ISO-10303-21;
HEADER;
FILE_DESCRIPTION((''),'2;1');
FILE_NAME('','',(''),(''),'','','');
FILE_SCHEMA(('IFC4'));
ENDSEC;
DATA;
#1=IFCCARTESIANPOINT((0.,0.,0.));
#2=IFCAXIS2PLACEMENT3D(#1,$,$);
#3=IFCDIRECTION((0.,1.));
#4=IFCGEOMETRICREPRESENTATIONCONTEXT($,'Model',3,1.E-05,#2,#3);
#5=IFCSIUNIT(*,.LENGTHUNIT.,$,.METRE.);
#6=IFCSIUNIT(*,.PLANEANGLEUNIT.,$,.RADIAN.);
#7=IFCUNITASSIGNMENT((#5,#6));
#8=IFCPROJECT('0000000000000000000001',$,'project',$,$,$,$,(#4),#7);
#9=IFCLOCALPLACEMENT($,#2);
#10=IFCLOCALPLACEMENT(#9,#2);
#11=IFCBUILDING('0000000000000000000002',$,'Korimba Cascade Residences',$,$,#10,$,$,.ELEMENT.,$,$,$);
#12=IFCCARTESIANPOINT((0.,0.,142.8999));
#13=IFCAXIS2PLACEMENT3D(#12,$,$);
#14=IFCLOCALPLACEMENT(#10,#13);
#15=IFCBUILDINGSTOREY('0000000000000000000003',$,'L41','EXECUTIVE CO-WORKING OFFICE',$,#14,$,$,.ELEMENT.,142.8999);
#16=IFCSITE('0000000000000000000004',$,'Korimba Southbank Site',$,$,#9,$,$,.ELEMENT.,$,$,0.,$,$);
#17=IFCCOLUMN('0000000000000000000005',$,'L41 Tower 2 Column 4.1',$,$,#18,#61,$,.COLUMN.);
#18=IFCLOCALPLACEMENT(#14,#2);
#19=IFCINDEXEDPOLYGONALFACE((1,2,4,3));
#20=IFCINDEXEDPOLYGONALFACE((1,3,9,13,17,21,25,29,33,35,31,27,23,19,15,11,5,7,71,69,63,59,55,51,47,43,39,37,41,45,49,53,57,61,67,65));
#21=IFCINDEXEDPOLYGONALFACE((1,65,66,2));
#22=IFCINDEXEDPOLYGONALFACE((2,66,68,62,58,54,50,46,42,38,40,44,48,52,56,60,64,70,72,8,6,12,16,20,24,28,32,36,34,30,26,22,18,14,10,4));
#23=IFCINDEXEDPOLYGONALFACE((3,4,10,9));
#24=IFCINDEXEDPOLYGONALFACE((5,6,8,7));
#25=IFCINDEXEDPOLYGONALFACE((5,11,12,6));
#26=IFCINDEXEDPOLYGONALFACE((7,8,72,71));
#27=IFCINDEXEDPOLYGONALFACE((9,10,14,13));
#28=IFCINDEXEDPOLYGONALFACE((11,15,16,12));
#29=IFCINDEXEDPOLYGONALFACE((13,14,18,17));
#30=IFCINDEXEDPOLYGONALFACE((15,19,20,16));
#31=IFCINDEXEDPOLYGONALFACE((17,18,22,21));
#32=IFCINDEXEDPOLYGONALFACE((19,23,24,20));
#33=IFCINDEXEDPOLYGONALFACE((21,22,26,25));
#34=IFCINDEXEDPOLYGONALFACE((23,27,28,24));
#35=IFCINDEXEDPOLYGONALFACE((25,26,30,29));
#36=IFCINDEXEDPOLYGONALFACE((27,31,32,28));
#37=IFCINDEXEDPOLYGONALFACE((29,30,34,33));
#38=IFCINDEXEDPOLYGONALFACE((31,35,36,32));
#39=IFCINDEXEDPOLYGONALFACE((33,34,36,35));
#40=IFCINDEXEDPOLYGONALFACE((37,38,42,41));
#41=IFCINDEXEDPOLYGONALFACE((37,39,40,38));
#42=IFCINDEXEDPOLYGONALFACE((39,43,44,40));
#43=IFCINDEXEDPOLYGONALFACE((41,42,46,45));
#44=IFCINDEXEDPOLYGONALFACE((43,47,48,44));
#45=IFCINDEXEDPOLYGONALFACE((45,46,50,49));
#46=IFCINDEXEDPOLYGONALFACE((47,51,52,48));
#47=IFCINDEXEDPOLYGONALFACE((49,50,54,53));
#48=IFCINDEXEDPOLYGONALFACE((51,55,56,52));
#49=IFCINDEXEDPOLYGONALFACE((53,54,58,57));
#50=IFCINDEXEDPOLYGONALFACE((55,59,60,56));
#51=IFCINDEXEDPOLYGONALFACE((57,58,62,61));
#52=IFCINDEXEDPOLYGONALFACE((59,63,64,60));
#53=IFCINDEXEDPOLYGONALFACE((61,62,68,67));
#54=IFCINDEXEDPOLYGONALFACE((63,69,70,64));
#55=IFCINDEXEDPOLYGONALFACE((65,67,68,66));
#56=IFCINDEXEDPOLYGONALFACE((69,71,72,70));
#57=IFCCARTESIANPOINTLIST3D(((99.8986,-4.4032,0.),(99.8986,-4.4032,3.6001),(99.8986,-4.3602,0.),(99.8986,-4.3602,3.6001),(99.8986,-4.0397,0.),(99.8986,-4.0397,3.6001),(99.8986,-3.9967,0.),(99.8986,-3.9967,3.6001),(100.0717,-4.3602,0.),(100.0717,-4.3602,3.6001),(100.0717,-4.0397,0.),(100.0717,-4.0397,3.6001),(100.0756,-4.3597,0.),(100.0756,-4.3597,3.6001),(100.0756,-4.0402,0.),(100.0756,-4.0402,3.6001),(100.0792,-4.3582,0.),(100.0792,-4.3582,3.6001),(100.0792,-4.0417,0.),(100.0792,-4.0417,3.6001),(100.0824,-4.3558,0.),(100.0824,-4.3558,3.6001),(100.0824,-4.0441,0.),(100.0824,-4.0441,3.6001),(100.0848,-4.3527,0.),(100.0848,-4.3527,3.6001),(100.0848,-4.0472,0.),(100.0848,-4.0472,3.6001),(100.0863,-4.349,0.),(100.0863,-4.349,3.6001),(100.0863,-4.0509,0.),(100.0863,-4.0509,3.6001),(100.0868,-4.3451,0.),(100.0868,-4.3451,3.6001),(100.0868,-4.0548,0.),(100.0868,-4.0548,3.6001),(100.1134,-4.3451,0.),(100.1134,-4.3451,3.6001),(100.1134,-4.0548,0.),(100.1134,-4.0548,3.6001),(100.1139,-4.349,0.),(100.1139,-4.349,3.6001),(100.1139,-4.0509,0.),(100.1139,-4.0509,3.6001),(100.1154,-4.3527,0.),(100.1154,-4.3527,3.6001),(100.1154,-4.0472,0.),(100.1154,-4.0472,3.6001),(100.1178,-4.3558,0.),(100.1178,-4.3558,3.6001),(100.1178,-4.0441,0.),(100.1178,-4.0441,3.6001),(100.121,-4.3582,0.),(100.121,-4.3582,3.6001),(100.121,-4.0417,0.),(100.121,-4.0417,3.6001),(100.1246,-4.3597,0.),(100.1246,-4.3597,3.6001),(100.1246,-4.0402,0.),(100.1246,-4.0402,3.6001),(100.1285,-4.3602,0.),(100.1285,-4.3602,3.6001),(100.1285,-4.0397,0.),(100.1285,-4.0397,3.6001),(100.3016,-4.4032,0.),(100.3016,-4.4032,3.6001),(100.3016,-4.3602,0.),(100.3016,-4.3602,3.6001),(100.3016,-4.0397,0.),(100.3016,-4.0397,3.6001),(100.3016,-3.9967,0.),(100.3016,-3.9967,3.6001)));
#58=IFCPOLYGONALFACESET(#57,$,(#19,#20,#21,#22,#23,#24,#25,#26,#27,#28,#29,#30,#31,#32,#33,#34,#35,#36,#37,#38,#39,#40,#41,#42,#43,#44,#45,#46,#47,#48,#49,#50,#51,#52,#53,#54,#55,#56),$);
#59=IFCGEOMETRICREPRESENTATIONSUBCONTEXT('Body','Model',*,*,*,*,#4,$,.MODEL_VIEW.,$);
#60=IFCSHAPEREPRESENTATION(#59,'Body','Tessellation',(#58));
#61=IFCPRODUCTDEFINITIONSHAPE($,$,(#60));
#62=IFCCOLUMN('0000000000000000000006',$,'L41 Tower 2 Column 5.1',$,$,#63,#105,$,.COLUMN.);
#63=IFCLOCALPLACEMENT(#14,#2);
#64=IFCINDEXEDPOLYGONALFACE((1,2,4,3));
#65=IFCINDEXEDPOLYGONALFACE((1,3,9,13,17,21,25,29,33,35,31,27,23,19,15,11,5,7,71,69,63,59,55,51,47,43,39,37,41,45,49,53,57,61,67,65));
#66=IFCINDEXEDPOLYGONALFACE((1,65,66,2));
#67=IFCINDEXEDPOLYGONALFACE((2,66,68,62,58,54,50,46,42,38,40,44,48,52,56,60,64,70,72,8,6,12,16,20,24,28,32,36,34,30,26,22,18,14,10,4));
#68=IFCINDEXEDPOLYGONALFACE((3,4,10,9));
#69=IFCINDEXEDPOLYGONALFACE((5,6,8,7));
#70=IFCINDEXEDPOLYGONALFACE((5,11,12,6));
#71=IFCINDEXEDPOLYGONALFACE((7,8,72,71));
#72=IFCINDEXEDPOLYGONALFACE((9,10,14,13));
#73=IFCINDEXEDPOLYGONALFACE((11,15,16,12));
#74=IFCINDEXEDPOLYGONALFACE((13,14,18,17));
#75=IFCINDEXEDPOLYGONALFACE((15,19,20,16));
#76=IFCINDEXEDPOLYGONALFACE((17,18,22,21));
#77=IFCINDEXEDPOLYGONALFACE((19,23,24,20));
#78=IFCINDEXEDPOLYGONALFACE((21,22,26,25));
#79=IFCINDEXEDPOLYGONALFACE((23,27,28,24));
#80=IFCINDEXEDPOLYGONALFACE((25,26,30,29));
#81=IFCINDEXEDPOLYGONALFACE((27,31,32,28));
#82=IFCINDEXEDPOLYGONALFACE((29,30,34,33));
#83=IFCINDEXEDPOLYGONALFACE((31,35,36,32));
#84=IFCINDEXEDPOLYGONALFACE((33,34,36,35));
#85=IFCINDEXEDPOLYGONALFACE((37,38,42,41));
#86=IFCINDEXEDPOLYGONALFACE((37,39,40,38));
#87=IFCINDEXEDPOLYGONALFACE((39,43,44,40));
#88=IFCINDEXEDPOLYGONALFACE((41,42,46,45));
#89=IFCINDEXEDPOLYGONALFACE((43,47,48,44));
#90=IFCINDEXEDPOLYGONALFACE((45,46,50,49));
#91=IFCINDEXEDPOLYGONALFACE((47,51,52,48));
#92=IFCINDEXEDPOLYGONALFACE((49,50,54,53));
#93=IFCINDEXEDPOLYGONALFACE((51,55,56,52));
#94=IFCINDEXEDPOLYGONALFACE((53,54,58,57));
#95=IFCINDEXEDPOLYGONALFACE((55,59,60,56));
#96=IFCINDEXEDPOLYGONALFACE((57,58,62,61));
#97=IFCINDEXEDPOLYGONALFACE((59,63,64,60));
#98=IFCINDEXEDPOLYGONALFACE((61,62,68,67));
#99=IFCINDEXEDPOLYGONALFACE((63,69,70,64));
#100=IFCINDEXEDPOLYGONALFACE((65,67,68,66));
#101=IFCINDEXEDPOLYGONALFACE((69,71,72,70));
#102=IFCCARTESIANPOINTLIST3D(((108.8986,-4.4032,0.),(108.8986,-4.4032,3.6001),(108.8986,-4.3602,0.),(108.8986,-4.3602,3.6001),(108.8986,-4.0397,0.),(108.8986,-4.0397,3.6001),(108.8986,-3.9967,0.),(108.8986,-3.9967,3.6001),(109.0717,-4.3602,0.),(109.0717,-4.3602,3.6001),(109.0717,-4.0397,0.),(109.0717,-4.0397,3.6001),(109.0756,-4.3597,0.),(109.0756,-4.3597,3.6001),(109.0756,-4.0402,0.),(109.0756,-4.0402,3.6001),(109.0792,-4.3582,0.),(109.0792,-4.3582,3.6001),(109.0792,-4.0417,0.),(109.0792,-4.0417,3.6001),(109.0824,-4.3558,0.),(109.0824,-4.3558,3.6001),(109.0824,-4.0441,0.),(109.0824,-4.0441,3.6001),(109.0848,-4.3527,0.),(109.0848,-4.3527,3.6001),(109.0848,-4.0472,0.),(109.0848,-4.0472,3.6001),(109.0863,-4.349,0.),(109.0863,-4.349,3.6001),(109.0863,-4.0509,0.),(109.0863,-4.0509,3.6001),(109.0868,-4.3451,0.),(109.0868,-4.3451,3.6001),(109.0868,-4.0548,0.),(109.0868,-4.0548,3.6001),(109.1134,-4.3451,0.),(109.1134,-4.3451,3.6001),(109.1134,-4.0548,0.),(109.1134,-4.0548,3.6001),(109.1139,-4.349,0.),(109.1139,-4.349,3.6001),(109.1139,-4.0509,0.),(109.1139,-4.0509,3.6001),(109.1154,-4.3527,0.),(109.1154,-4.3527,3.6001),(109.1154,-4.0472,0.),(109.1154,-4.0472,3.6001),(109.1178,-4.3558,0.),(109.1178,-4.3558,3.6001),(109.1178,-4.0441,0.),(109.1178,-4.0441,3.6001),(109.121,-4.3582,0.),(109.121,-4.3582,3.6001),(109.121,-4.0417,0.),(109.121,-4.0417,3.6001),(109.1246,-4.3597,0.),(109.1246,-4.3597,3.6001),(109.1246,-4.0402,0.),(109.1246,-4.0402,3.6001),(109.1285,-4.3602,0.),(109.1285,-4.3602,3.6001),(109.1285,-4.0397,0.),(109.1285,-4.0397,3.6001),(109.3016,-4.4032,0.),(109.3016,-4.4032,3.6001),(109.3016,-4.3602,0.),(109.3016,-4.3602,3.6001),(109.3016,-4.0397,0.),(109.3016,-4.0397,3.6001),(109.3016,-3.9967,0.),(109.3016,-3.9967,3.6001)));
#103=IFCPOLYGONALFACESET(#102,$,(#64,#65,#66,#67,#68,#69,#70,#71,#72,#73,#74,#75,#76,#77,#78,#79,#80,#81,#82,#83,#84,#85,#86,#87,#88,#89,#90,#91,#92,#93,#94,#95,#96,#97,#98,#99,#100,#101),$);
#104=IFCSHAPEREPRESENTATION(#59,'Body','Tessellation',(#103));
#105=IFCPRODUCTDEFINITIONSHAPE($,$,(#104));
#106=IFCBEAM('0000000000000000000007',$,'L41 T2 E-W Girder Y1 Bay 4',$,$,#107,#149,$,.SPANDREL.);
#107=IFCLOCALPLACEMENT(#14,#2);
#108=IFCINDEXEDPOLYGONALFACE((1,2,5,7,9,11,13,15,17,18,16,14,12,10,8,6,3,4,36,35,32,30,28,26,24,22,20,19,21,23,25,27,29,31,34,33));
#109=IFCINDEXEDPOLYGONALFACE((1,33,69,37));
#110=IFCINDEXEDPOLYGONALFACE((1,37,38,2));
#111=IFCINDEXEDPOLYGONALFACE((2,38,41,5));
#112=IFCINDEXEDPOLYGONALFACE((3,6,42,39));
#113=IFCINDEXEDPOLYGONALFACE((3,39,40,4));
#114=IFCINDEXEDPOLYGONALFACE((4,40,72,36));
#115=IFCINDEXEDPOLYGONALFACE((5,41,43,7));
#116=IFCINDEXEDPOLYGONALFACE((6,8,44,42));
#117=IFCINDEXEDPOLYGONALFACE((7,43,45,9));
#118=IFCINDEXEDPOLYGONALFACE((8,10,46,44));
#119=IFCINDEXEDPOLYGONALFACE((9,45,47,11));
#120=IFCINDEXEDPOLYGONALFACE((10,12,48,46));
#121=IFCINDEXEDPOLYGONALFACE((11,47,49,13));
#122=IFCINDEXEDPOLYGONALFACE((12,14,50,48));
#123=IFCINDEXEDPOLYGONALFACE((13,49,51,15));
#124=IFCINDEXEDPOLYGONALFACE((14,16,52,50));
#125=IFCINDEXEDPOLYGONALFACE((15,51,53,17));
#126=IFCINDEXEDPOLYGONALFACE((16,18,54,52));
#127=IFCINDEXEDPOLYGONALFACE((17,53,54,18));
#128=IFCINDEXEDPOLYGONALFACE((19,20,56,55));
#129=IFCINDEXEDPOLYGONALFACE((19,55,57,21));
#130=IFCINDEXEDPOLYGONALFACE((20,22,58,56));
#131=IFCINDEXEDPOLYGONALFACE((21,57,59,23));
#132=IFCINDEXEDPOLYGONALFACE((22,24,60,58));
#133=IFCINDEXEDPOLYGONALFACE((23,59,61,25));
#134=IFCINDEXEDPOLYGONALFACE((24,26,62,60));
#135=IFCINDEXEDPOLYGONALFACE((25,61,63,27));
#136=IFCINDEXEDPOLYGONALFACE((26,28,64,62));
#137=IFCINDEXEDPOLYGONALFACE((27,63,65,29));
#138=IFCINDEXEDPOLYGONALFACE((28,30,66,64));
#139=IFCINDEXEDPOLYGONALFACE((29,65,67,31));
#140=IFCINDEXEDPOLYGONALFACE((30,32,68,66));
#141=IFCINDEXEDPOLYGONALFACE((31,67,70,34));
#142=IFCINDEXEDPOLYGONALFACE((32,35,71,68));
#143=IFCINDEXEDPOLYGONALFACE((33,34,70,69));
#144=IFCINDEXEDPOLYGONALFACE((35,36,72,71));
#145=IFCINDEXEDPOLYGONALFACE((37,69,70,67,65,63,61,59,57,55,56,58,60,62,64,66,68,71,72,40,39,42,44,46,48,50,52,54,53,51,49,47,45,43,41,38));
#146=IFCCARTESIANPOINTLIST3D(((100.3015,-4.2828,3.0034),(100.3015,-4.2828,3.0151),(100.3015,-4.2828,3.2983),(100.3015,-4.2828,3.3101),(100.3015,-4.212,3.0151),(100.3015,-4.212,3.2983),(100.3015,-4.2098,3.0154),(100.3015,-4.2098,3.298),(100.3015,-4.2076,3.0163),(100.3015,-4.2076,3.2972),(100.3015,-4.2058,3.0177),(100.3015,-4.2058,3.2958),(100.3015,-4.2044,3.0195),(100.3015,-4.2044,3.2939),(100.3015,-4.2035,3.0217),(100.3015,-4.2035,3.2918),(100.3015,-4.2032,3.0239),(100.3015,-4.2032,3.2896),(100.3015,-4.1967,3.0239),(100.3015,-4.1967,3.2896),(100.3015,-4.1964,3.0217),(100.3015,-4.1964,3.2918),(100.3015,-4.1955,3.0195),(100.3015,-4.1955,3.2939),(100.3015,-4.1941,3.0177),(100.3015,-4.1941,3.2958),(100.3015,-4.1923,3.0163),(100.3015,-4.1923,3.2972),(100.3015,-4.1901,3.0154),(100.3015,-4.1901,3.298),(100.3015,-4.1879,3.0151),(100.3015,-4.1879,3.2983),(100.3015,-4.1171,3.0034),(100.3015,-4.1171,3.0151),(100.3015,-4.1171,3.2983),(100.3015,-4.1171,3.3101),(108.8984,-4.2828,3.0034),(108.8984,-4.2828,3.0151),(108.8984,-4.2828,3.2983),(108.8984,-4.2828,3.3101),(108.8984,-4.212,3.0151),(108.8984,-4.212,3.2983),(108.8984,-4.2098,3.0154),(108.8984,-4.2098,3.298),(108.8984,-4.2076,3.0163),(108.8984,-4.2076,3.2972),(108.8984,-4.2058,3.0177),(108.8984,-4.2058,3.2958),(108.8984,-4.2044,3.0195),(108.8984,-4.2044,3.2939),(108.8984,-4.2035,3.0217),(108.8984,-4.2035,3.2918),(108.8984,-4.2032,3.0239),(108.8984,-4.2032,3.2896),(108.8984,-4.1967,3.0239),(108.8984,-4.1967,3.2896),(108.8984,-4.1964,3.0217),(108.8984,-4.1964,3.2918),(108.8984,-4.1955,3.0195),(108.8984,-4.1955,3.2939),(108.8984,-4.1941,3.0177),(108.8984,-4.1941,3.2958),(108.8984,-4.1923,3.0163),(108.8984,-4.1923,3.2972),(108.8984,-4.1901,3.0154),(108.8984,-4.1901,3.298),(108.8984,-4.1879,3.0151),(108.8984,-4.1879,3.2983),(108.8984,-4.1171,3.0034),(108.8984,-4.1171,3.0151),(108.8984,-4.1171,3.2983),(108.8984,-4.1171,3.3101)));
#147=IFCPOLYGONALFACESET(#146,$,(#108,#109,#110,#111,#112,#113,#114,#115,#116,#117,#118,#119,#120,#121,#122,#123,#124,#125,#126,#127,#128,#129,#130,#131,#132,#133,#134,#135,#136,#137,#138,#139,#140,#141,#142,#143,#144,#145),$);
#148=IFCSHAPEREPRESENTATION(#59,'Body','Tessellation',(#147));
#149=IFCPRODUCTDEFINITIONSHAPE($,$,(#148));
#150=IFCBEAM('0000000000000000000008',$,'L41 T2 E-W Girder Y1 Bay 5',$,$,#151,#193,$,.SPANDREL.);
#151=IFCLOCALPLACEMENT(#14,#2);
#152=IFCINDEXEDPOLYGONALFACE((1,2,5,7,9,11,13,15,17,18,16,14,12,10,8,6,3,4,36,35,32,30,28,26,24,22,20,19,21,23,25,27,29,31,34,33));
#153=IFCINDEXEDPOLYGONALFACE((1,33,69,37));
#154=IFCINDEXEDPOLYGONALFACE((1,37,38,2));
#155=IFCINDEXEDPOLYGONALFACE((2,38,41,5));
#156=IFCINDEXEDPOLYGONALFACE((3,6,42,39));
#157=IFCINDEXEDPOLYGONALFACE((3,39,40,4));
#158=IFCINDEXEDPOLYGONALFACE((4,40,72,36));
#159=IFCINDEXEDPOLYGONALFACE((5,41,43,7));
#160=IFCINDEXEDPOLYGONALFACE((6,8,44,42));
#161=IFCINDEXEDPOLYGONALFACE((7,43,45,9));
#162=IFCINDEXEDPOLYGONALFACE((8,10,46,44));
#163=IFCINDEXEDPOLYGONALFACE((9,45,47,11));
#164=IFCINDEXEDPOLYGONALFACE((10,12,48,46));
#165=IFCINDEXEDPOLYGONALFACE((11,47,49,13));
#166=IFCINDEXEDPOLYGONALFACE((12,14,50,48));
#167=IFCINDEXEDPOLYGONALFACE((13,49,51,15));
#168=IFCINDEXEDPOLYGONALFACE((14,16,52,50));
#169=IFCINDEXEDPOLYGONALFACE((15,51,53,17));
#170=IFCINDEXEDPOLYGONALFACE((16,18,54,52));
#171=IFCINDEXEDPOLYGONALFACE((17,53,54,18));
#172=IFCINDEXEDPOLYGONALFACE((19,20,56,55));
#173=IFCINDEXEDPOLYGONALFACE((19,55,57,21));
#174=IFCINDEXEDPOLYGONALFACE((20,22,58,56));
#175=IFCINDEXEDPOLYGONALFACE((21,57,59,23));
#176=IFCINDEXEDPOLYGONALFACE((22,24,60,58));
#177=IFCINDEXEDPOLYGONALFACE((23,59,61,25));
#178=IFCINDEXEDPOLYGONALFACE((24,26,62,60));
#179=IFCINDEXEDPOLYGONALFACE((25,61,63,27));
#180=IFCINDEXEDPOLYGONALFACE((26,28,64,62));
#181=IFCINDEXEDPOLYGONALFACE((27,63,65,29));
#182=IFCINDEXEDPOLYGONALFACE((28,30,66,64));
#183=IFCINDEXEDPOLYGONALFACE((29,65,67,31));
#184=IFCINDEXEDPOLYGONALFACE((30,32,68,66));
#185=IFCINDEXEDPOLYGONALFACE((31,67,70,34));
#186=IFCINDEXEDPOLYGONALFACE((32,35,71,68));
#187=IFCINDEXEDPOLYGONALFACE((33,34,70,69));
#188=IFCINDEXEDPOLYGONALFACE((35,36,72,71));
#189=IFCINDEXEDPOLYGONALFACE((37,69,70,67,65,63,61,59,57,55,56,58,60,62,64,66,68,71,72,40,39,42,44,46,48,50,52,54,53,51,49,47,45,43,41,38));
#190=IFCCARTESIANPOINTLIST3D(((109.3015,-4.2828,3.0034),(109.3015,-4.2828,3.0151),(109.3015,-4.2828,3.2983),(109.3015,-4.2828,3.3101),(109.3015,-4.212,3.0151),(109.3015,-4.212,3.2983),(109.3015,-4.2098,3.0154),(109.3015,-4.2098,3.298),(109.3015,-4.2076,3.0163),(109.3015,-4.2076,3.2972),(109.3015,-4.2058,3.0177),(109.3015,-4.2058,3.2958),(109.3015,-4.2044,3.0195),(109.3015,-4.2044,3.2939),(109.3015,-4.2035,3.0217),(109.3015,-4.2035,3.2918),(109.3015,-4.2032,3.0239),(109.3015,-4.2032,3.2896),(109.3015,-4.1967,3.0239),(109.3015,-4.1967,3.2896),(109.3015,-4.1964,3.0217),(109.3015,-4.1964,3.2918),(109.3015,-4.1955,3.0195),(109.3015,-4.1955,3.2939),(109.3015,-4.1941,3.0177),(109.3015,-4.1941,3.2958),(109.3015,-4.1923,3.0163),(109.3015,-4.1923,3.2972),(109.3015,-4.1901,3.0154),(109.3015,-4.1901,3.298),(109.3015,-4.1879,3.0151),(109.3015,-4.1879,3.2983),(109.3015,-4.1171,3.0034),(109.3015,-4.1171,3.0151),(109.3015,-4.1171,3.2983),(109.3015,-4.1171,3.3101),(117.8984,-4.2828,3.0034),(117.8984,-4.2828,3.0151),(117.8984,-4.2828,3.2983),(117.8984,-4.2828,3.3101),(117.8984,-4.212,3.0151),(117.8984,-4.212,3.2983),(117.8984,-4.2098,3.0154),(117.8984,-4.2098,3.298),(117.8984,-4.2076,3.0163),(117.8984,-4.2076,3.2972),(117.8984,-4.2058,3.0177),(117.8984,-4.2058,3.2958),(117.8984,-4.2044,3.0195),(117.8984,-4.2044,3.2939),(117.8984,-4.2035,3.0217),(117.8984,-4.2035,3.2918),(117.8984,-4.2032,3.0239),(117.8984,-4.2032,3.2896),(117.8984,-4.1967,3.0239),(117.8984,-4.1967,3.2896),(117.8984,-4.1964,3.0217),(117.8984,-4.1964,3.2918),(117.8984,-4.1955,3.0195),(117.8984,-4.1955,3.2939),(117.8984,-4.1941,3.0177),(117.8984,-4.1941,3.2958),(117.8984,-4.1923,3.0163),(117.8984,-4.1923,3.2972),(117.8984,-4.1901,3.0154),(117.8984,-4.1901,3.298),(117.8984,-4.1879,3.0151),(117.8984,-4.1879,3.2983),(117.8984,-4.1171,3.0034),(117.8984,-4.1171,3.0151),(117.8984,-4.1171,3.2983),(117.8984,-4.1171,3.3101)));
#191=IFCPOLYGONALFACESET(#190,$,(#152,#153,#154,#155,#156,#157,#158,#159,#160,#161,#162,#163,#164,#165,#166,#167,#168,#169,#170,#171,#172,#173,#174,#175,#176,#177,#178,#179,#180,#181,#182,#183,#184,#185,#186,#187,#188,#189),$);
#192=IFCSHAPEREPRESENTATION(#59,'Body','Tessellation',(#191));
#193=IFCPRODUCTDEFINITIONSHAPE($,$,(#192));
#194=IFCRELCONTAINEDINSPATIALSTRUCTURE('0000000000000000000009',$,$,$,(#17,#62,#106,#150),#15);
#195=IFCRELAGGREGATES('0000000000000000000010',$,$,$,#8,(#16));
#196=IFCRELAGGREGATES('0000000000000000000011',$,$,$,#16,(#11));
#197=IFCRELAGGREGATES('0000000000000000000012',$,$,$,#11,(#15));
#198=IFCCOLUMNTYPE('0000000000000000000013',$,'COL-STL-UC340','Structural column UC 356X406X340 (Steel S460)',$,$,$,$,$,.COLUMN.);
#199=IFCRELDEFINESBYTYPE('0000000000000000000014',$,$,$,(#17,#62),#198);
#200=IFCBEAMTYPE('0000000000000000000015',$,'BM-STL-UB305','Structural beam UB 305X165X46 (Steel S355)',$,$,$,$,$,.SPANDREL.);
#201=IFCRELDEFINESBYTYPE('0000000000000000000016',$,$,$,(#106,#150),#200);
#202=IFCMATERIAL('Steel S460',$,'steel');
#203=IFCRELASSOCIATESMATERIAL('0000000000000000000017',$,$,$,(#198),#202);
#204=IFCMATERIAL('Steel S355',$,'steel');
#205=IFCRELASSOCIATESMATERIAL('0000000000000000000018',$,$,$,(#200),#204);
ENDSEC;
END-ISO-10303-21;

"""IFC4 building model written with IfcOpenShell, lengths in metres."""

from ifc_helpers import new_model, si_unit, direction, frame, origin, origin_2d, place, context, subcontext, project, spatial, i_section, extrude, material, material_profile, profile_set, type_object, element, save


model = new_model("IFC4")

# Units and contexts
model_context = context("Model", 3, precision=1e-05, world=origin(), true_north=direction((0.0, 1.0)))
body_context = subcontext(model_context, "Body", "Model", "MODEL_VIEW")
ifc_project = project(units=[si_unit("LENGTHUNIT", "METRE"), si_unit("PLANEANGLEUNIT", "RADIAN")], contexts=[model_context])

# Site, building, storey
site_placement = place(None, origin())
site = spatial("IfcSite", under=ifc_project, at=site_placement, Name="Korimba Southbank Site", CompositionType="ELEMENT", RefElevation=0.0)
building_placement = place(site_placement, origin())
building = spatial("IfcBuilding", under=site, at=building_placement, Name="Korimba Cascade Residences", CompositionType="ELEMENT")
storey_placement = place(building_placement, frame((0.0, 0.0, 142.8999)))
storey = spatial("IfcBuildingStorey", under=building, at=storey_placement, Name="L41", Description="EXECUTIVE CO-WORKING OFFICE", CompositionType="ELEMENT", Elevation=142.8999)

# Columns
ifc_material_1 = material(Name="Steel S460", Category="steel")
ifc_material_profile_1 = material_profile(ifc_material_1, i_section(OverallWidth=0.4031, OverallDepth=0.4065, WebThickness=0.0266, FlangeThickness=0.043, FilletRadius=0.0151, at=origin_2d()), Name="Steel S460")
ifc_profile_set_1 = profile_set([ifc_material_profile_1], Name="Steel S460")
column_type = type_object("IfcColumnType", Name="COL-STL-UC340", Description="Structural column UC 356X406X340 (Steel S460)", PredefinedType="COLUMN", material=ifc_profile_set_1)
for number, where, z_axis, x_axis, name in (
    (1, (100.1001, -4.2, 0.0), (0.0, 0.0, 1.0), (1.0, 0.0, 0.0), "L41 Tower 2 Column 4.1"),
    (2, (109.1001, -4.2, 0.0), (0.0, 0.0, 1.0), (1.0, 0.0, 0.0), "L41 Tower 2 Column 5.1"),
):
    element("IfcColumn", number, at=place(storey_placement, frame(where, z_axis=z_axis, x_axis=x_axis)), inside=storey, type_object=column_type, Name=name, PredefinedType="COLUMN", context=body_context, shape_type="SweptSolid", body=[
        extrude(i_section(OverallWidth=0.4031, OverallDepth=0.4065, WebThickness=0.0266, FlangeThickness=0.043, FilletRadius=0.0151, at=origin_2d()), origin(), (0.0, 0.0, 1.0), 3.6001),
    ])

# Beams
ifc_material_2 = material(Name="Steel S355", Category="steel")
ifc_material_profile_2 = material_profile(ifc_material_2, i_section(OverallWidth=0.1658, OverallDepth=0.3066, WebThickness=0.0066, FlangeThickness=0.0117, FilletRadius=0.0088, at=origin_2d()), Name="Steel S355")
ifc_profile_set_2 = profile_set([ifc_material_profile_2], Name="Steel S355")
beam_type_1 = type_object("IfcBeamType", Name="BM-STL-UB305", Description="Structural beam UB 305X165X46 (Steel S355)", PredefinedType="SPANDREL", material=ifc_profile_set_2)
for number, where, z_axis, x_axis, name in (
    (3, (100.3015, -4.2, 3.1567), (1.0, 0.0, 0.0), (0.0, 1.0, 0.0), "L41 T2 E-W Girder Y1 Bay 4"),
    (4, (109.3015, -4.2, 3.1567), (1.0, 0.0, 0.0), (0.0, 1.0, 0.0), "L41 T2 E-W Girder Y1 Bay 5"),
):
    element("IfcBeam", number, at=place(storey_placement, frame(where, z_axis=z_axis, x_axis=x_axis)), inside=storey, type_object=beam_type_1, Name=name, PredefinedType="SPANDREL", context=body_context, shape_type="SweptSolid", body=[
        extrude(i_section(OverallWidth=0.1658, OverallDepth=0.3066, WebThickness=0.0066, FlangeThickness=0.0117, FilletRadius=0.0088, at=origin_2d()), origin(), (0.0, 0.0, 1.0), 8.5969),
    ])

save(model, "model.ifc")
